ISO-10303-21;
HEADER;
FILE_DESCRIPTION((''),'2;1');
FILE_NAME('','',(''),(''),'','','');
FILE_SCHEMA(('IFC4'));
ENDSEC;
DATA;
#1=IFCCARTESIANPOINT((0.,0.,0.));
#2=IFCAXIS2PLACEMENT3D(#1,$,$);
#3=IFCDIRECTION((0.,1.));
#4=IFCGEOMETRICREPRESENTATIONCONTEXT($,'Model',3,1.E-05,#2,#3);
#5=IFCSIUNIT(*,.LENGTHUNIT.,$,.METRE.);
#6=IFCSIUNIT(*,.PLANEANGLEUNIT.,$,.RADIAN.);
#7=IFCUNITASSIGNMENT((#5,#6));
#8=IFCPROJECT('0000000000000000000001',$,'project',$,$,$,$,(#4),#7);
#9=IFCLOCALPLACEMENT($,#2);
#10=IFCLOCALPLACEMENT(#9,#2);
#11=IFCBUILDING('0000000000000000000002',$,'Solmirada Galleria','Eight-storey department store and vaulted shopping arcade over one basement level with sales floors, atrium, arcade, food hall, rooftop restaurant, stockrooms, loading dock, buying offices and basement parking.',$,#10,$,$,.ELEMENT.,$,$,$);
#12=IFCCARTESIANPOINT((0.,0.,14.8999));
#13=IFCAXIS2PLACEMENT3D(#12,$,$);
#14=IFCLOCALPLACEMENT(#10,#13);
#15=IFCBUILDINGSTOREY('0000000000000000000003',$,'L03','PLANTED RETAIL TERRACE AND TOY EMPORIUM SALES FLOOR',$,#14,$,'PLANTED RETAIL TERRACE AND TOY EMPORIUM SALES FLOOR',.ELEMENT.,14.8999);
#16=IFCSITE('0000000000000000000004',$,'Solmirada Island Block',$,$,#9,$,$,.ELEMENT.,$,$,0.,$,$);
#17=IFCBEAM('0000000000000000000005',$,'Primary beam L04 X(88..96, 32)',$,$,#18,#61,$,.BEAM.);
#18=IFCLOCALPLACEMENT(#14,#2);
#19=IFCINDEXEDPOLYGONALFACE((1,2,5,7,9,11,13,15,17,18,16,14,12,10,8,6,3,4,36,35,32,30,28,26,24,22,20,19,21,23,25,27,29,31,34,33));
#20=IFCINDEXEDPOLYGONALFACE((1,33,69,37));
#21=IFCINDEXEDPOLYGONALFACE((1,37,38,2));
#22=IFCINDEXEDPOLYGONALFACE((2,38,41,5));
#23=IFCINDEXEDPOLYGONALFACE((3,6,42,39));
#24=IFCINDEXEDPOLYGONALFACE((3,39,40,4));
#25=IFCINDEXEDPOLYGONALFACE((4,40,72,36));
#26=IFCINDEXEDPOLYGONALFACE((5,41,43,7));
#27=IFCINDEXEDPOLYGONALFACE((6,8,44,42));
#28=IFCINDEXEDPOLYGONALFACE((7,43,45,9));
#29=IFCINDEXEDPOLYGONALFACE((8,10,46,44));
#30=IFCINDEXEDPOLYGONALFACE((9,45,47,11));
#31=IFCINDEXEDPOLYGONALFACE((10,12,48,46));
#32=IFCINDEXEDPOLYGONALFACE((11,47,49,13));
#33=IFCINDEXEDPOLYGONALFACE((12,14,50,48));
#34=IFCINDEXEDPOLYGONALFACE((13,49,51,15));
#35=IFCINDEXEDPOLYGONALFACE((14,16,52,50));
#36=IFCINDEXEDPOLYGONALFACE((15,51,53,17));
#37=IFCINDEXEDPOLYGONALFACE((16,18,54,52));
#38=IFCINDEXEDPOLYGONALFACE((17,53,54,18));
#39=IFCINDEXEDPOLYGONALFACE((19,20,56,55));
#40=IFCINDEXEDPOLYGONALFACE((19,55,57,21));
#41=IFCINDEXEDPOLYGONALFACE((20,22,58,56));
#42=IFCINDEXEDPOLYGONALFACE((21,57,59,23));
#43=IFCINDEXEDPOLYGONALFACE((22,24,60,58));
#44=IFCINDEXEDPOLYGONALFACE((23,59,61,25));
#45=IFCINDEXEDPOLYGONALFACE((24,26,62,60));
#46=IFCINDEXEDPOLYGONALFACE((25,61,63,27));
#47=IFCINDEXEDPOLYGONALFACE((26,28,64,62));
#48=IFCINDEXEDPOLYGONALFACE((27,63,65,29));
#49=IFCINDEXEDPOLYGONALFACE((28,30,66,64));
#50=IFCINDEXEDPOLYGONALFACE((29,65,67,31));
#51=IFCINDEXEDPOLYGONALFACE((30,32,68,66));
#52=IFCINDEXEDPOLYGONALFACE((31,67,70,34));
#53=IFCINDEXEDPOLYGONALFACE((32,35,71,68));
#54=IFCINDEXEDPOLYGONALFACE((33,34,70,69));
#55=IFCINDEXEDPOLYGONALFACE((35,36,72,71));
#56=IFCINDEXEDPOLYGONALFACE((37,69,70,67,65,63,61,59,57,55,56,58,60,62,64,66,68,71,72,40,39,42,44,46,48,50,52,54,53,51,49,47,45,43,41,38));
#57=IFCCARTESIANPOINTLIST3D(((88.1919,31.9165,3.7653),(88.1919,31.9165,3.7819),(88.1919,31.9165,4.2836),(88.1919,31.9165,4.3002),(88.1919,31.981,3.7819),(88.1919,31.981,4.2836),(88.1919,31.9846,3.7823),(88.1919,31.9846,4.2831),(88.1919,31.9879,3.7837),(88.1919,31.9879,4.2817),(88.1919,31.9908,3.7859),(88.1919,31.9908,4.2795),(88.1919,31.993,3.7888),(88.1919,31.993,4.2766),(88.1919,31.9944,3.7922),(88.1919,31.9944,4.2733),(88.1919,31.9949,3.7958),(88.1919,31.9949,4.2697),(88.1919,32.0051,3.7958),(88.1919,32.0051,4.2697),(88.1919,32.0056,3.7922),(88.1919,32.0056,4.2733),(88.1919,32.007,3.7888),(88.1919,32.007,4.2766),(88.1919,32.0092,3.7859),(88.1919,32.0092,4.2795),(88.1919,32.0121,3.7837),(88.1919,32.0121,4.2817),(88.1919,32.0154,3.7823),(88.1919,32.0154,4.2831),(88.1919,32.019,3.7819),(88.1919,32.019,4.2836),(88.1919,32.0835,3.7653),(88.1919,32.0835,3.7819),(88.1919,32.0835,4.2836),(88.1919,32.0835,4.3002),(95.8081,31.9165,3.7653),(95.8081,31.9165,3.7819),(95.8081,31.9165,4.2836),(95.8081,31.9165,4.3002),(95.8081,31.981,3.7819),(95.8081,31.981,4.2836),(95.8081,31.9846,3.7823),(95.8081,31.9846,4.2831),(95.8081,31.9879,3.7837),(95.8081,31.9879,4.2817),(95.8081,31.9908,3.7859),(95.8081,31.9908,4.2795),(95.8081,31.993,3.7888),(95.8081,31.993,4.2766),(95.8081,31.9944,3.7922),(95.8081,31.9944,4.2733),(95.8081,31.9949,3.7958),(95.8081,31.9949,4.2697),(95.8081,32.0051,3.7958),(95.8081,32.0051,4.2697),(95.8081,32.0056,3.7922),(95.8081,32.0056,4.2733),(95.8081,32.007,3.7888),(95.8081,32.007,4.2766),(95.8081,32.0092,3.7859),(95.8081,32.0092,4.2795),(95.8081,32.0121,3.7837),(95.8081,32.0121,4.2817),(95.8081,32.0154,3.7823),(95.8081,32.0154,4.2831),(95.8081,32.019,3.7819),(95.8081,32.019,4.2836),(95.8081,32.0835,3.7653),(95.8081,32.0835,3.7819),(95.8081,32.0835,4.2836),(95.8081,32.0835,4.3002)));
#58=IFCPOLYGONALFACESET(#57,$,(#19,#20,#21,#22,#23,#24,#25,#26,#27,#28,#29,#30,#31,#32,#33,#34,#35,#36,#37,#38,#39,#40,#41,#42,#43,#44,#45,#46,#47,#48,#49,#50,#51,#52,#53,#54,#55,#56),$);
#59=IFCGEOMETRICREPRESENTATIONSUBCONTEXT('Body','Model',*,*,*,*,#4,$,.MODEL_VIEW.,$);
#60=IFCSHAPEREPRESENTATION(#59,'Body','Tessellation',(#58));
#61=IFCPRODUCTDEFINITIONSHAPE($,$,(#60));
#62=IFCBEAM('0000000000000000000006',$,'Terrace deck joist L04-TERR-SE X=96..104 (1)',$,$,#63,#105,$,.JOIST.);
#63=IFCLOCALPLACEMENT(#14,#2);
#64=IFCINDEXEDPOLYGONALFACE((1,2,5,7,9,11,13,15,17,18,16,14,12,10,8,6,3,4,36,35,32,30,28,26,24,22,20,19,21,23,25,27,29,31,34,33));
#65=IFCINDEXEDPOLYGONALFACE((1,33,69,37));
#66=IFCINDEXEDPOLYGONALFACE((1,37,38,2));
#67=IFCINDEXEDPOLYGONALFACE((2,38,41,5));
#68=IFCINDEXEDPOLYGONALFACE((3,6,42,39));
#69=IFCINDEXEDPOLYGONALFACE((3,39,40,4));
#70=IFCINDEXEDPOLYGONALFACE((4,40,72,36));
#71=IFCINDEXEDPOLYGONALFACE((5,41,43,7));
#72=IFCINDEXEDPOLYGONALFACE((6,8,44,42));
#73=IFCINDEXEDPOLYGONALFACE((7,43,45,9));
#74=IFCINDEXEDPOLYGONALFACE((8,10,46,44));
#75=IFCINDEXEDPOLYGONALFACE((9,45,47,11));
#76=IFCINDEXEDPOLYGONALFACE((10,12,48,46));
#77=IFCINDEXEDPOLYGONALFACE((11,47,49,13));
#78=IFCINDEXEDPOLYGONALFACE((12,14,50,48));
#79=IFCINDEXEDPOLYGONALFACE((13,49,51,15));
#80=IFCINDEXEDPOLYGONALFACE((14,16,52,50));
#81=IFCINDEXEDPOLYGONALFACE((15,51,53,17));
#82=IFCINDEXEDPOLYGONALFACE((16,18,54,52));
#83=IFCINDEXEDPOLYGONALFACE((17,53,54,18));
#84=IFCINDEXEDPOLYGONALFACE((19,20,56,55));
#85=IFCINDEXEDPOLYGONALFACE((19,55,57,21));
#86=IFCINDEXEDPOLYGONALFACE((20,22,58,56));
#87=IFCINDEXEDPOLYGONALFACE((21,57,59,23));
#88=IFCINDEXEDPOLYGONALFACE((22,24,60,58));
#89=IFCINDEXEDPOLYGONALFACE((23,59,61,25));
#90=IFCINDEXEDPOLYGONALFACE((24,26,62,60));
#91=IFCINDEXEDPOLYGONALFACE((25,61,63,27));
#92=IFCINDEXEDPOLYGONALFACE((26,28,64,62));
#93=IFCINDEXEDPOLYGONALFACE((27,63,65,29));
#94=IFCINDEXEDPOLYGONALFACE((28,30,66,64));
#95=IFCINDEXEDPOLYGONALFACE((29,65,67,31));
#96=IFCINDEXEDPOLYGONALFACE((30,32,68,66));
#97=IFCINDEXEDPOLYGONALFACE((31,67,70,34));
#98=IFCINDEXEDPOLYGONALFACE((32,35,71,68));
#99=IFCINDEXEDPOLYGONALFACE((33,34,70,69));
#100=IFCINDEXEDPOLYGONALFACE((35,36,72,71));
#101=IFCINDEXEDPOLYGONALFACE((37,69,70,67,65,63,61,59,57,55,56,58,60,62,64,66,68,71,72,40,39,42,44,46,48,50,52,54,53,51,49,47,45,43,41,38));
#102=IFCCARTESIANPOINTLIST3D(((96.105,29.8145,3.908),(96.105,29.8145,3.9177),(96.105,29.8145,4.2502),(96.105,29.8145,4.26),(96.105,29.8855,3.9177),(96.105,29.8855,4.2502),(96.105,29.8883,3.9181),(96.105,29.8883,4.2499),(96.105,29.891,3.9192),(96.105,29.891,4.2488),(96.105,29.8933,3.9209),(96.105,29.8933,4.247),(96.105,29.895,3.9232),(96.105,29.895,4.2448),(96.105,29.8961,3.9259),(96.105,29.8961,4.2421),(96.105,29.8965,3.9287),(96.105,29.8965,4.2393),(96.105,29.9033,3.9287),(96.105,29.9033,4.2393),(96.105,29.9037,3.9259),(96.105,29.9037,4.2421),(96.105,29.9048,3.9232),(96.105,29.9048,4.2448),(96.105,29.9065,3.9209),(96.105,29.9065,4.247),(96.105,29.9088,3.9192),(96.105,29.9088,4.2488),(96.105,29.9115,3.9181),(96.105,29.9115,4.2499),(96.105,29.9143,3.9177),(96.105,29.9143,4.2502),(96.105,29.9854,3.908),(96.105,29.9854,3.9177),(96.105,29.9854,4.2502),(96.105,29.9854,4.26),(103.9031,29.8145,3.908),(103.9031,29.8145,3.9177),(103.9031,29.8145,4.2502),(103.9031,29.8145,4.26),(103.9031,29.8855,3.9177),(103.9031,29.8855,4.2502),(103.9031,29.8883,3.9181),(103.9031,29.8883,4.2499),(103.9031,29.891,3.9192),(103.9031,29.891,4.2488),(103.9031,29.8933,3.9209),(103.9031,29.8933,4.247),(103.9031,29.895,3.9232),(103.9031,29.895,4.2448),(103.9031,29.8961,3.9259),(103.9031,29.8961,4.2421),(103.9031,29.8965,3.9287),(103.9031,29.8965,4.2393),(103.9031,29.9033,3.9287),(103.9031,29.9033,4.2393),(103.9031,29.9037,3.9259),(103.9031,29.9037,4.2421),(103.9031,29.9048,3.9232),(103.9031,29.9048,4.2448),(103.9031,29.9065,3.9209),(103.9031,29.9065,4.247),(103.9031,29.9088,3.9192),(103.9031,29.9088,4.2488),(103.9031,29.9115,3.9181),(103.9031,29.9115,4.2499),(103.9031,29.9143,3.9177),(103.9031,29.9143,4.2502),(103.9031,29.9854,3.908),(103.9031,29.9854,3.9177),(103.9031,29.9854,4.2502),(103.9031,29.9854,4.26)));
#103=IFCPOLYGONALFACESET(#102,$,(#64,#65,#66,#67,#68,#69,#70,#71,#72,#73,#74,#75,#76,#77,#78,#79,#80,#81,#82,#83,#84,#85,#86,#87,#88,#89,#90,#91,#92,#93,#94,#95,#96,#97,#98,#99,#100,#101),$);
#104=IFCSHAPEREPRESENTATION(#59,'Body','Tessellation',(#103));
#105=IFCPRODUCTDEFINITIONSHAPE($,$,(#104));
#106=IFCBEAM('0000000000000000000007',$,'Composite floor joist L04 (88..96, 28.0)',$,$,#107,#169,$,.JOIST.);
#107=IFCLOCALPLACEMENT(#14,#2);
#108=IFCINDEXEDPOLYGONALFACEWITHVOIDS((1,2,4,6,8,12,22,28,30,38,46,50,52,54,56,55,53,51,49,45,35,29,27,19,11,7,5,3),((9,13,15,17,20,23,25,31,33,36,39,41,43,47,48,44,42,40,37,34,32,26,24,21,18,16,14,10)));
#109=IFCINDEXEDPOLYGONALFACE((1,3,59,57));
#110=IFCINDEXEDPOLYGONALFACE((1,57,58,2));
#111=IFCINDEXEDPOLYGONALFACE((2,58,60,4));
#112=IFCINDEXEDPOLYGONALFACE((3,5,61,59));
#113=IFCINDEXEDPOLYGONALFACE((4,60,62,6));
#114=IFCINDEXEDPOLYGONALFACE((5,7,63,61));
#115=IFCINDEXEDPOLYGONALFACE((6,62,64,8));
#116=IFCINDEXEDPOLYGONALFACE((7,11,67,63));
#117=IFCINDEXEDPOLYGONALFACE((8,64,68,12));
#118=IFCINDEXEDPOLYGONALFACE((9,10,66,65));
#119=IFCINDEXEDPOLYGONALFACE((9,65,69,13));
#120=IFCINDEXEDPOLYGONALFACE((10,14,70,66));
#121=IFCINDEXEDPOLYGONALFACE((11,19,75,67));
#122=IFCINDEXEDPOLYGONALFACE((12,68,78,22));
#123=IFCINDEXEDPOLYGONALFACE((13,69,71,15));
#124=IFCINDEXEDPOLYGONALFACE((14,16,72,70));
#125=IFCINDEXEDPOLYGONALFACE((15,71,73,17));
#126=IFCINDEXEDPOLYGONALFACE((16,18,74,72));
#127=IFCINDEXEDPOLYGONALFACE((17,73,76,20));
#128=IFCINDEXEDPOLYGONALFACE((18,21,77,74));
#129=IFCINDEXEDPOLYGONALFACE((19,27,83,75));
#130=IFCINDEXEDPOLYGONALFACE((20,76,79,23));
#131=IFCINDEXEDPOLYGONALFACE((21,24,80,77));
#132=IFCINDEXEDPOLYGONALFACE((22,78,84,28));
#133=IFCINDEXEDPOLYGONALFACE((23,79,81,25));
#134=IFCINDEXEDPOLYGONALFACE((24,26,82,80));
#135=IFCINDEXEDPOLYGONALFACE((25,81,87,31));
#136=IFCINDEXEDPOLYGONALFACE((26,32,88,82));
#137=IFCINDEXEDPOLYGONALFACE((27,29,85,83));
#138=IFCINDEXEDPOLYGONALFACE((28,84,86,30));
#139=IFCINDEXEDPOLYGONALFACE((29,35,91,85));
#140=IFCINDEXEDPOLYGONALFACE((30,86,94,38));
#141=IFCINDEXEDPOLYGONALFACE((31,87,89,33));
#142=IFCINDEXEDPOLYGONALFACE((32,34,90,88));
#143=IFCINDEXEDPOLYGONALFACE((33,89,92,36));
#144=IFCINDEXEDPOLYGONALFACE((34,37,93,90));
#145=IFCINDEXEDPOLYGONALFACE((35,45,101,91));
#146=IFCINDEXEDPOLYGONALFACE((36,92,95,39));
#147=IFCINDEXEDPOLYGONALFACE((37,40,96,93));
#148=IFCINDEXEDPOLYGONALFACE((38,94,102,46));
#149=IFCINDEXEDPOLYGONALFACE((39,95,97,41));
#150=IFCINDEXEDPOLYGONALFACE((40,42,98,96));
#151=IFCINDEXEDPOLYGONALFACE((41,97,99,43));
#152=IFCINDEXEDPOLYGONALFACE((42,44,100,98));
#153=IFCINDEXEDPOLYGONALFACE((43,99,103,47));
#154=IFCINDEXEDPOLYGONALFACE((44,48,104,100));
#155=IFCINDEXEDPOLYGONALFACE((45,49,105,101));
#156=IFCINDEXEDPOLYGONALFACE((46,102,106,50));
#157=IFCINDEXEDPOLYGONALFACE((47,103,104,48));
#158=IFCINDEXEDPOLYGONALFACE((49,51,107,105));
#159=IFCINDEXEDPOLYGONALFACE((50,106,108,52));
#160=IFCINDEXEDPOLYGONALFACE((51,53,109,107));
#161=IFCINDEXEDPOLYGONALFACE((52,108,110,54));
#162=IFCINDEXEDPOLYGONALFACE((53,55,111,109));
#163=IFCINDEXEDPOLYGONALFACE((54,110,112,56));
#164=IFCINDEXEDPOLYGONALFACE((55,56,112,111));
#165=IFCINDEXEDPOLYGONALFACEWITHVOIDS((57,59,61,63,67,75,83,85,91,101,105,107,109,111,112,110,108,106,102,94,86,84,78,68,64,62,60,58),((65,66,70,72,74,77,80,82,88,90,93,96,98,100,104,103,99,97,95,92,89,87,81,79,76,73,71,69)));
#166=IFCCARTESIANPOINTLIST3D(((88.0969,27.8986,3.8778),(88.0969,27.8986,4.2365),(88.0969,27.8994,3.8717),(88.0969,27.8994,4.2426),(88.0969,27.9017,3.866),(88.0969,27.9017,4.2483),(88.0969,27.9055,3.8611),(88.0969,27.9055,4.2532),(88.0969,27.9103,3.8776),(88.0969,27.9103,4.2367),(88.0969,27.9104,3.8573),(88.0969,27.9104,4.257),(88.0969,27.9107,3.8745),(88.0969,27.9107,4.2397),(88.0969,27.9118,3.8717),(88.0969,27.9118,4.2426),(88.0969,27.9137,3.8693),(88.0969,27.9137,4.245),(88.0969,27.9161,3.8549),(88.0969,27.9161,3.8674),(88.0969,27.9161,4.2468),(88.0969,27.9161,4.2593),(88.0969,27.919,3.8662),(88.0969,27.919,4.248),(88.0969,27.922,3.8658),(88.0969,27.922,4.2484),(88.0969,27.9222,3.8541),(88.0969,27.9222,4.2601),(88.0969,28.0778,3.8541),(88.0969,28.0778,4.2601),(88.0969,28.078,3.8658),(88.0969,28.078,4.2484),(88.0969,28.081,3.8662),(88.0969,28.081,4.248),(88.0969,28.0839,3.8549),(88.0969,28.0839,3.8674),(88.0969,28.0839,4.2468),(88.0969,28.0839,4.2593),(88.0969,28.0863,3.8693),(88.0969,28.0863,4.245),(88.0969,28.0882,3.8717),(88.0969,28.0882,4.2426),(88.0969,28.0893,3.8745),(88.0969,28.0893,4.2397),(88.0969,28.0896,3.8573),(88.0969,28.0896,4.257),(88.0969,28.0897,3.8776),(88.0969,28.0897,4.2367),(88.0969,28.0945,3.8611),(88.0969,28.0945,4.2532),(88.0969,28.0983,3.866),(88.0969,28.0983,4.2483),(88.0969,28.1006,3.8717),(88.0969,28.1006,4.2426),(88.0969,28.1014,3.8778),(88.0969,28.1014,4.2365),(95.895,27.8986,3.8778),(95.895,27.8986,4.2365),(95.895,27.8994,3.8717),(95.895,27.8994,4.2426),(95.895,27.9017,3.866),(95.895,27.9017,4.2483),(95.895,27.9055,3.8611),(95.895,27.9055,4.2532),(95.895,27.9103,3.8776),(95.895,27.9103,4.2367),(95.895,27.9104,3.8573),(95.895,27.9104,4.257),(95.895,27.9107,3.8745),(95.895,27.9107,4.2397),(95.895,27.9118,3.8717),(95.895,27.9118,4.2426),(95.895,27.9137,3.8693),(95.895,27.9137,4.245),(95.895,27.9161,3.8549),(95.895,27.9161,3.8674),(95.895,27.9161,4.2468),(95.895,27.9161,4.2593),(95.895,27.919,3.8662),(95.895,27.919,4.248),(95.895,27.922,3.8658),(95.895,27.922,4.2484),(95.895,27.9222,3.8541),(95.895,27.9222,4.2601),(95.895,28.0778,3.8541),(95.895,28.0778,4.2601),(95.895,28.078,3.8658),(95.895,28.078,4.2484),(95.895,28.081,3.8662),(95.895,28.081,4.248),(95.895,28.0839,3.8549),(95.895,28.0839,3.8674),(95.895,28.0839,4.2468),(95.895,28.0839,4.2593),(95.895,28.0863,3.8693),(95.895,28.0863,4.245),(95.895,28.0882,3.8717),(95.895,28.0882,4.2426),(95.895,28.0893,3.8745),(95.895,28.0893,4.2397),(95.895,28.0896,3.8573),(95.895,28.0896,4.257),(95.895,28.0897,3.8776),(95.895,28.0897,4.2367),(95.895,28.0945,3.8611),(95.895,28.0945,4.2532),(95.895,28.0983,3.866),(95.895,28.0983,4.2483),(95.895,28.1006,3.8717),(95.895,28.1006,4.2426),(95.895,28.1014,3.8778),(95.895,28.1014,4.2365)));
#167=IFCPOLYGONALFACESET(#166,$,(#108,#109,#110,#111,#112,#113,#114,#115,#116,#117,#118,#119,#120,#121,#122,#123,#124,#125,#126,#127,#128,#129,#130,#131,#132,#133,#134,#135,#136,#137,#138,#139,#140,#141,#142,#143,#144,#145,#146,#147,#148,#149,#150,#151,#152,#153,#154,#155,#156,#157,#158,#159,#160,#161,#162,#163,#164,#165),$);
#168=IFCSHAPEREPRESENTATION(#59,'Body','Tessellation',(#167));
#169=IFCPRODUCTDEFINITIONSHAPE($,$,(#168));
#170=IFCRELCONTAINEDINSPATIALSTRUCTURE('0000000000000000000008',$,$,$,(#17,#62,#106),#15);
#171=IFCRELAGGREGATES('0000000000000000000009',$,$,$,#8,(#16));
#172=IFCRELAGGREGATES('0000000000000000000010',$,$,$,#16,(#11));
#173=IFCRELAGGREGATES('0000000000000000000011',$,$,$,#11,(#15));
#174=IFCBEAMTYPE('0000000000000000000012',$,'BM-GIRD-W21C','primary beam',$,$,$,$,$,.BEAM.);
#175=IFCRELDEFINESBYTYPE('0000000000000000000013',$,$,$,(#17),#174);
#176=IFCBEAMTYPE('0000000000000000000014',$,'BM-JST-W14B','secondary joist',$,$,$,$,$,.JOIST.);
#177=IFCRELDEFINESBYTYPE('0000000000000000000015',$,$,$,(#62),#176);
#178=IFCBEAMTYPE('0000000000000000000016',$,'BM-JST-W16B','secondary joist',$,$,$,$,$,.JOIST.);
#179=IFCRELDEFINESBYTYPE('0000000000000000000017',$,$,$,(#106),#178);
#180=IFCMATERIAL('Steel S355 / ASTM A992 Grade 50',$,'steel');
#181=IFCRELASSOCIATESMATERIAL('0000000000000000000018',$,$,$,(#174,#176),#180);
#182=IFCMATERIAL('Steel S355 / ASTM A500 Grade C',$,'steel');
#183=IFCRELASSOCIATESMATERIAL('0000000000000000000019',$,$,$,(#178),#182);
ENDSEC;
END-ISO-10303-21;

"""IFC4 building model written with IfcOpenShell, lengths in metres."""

from ifc_helpers import new_model, si_unit, direction, frame, origin, origin_2d, place, context, subcontext, project, spatial, hollow_rectangle, i_section, extrude, material, material_profile, profile_set, type_object, element, save


model = new_model("IFC4")

# Units and contexts
model_context = context("Model", 3, precision=1e-05, world=origin(), true_north=direction((0.0, 1.0)))
body_context = subcontext(model_context, "Body", "Model", "MODEL_VIEW")
ifc_project = project(units=[si_unit("LENGTHUNIT", "METRE"), si_unit("PLANEANGLEUNIT", "RADIAN")], contexts=[model_context])

# Site, building, storey
site_placement = place(None, origin())
site = spatial("IfcSite", under=ifc_project, at=site_placement, Name="Solmirada Island Block", CompositionType="ELEMENT", RefElevation=0.0)
building_placement = place(site_placement, origin())
building = spatial("IfcBuilding", under=site, at=building_placement, Name="Solmirada Galleria", Description="Eight-storey department store and vaulted shopping arcade over one basement level with sales floors, atrium, arcade, food hall, rooftop restaurant, stockrooms, loading dock, buying offices and basement parking.", CompositionType="ELEMENT")
storey_placement = place(building_placement, frame((0.0, 0.0, 14.8999)))
storey = spatial("IfcBuildingStorey", under=building, at=storey_placement, Name="L03", Description="PLANTED RETAIL TERRACE AND TOY EMPORIUM SALES FLOOR", LongName="PLANTED RETAIL TERRACE AND TOY EMPORIUM SALES FLOOR", CompositionType="ELEMENT", Elevation=14.8999)

# Shared definitions
ifc_material_1 = material(Name="Steel S355 / ASTM A500 Grade C", Category="steel")

# Beams
ifc_material_2 = material(Name="Steel S355 / ASTM A992 Grade 50", Category="steel")
ifc_material_profile_1 = material_profile(ifc_material_2, i_section(OverallWidth=0.167, OverallDepth=0.5349, WebThickness=0.0103, FlangeThickness=0.0166, FilletRadius=0.0139, at=origin_2d()), Name="W21X57")
ifc_profile_set_1 = profile_set([ifc_material_profile_1], Name="Steel S355 / ASTM A992 Grade 50")
beam_type_1 = type_object("IfcBeamType", Name="BM-GIRD-W21C", Description="primary beam", PredefinedType="BEAM", material=ifc_profile_set_1)
beam_1_placement = place(storey_placement, frame((88.1919, 32.0, 4.0327), z_axis=(1.0, 0.0, 0.0), x_axis=(0.0, 1.0, 0.0)))
element("IfcBeam", 1, at=beam_1_placement, inside=storey, type_object=beam_type_1, Name="Primary beam L04 X(88..96, 32)", PredefinedType="BEAM", context=body_context, shape_type="SweptSolid", body=[
    extrude(i_section(OverallWidth=0.167, OverallDepth=0.5349, WebThickness=0.0103, FlangeThickness=0.0166, FilletRadius=0.0139, at=origin_2d()), origin(), (0.0, 0.0, 1.0), 7.6162),
])
ifc_material_profile_2 = material_profile(ifc_material_2, i_section(OverallWidth=0.1709, OverallDepth=0.3521, WebThickness=0.0068, FlangeThickness=0.0098, FilletRadius=0.011, at=origin_2d()), Name="W14X30")
ifc_profile_set_2 = profile_set([ifc_material_profile_2], Name="Steel S355 / ASTM A992 Grade 50")
beam_type_2 = type_object("IfcBeamType", Name="BM-JST-W14B", Description="secondary joist", PredefinedType="JOIST", material=ifc_profile_set_2)
beam_2_placement = place(storey_placement, frame((96.105, 29.8999, 4.084), z_axis=(1.0, 0.0, 0.0), x_axis=(0.0, 1.0, 0.0)))
element("IfcBeam", 2, at=beam_2_placement, inside=storey, type_object=beam_type_2, Name="Terrace deck joist L04-TERR-SE X=96..104 (1)", PredefinedType="JOIST", context=body_context, shape_type="SweptSolid", body=[
    extrude(i_section(OverallWidth=0.1709, OverallDepth=0.3521, WebThickness=0.0068, FlangeThickness=0.0098, FilletRadius=0.011, at=origin_2d()), origin(), (0.0, 0.0, 1.0), 7.7981),
])
ifc_material_profile_3 = material_profile(ifc_material_1, hollow_rectangle(XDim=0.2029, YDim=0.406, WallThickness=0.0117, InnerFilletRadius=0.0117, OuterFilletRadius=0.0237, at=origin_2d()), Name="HSS16X8X1/2")
ifc_profile_set_3 = profile_set([ifc_material_profile_3], Name="Steel S355 / ASTM A500 Grade C")
beam_type_3 = type_object("IfcBeamType", Name="BM-JST-W16B", Description="secondary joist", PredefinedType="JOIST", material=ifc_profile_set_3)
for number, where, z_axis, x_axis, name in (
    (3, (88.0969, 28.0, 4.0571), (1.0, 0.0, 0.0), (0.0, 1.0, 0.0), "Composite floor joist L04 (88..96, 28.0)"),
):
    element("IfcBeam", number, at=place(storey_placement, frame(where, z_axis=z_axis, x_axis=x_axis)), inside=storey, type_object=beam_type_3, Name=name, PredefinedType="JOIST", context=body_context, shape_type="SweptSolid", body=[
        extrude(hollow_rectangle(XDim=0.2029, YDim=0.406, WallThickness=0.0117, InnerFilletRadius=0.0117, OuterFilletRadius=0.0237, at=origin_2d()), origin(), (0.0, 0.0, 1.0), 7.7981),
    ])

save(model, "model.ifc")
